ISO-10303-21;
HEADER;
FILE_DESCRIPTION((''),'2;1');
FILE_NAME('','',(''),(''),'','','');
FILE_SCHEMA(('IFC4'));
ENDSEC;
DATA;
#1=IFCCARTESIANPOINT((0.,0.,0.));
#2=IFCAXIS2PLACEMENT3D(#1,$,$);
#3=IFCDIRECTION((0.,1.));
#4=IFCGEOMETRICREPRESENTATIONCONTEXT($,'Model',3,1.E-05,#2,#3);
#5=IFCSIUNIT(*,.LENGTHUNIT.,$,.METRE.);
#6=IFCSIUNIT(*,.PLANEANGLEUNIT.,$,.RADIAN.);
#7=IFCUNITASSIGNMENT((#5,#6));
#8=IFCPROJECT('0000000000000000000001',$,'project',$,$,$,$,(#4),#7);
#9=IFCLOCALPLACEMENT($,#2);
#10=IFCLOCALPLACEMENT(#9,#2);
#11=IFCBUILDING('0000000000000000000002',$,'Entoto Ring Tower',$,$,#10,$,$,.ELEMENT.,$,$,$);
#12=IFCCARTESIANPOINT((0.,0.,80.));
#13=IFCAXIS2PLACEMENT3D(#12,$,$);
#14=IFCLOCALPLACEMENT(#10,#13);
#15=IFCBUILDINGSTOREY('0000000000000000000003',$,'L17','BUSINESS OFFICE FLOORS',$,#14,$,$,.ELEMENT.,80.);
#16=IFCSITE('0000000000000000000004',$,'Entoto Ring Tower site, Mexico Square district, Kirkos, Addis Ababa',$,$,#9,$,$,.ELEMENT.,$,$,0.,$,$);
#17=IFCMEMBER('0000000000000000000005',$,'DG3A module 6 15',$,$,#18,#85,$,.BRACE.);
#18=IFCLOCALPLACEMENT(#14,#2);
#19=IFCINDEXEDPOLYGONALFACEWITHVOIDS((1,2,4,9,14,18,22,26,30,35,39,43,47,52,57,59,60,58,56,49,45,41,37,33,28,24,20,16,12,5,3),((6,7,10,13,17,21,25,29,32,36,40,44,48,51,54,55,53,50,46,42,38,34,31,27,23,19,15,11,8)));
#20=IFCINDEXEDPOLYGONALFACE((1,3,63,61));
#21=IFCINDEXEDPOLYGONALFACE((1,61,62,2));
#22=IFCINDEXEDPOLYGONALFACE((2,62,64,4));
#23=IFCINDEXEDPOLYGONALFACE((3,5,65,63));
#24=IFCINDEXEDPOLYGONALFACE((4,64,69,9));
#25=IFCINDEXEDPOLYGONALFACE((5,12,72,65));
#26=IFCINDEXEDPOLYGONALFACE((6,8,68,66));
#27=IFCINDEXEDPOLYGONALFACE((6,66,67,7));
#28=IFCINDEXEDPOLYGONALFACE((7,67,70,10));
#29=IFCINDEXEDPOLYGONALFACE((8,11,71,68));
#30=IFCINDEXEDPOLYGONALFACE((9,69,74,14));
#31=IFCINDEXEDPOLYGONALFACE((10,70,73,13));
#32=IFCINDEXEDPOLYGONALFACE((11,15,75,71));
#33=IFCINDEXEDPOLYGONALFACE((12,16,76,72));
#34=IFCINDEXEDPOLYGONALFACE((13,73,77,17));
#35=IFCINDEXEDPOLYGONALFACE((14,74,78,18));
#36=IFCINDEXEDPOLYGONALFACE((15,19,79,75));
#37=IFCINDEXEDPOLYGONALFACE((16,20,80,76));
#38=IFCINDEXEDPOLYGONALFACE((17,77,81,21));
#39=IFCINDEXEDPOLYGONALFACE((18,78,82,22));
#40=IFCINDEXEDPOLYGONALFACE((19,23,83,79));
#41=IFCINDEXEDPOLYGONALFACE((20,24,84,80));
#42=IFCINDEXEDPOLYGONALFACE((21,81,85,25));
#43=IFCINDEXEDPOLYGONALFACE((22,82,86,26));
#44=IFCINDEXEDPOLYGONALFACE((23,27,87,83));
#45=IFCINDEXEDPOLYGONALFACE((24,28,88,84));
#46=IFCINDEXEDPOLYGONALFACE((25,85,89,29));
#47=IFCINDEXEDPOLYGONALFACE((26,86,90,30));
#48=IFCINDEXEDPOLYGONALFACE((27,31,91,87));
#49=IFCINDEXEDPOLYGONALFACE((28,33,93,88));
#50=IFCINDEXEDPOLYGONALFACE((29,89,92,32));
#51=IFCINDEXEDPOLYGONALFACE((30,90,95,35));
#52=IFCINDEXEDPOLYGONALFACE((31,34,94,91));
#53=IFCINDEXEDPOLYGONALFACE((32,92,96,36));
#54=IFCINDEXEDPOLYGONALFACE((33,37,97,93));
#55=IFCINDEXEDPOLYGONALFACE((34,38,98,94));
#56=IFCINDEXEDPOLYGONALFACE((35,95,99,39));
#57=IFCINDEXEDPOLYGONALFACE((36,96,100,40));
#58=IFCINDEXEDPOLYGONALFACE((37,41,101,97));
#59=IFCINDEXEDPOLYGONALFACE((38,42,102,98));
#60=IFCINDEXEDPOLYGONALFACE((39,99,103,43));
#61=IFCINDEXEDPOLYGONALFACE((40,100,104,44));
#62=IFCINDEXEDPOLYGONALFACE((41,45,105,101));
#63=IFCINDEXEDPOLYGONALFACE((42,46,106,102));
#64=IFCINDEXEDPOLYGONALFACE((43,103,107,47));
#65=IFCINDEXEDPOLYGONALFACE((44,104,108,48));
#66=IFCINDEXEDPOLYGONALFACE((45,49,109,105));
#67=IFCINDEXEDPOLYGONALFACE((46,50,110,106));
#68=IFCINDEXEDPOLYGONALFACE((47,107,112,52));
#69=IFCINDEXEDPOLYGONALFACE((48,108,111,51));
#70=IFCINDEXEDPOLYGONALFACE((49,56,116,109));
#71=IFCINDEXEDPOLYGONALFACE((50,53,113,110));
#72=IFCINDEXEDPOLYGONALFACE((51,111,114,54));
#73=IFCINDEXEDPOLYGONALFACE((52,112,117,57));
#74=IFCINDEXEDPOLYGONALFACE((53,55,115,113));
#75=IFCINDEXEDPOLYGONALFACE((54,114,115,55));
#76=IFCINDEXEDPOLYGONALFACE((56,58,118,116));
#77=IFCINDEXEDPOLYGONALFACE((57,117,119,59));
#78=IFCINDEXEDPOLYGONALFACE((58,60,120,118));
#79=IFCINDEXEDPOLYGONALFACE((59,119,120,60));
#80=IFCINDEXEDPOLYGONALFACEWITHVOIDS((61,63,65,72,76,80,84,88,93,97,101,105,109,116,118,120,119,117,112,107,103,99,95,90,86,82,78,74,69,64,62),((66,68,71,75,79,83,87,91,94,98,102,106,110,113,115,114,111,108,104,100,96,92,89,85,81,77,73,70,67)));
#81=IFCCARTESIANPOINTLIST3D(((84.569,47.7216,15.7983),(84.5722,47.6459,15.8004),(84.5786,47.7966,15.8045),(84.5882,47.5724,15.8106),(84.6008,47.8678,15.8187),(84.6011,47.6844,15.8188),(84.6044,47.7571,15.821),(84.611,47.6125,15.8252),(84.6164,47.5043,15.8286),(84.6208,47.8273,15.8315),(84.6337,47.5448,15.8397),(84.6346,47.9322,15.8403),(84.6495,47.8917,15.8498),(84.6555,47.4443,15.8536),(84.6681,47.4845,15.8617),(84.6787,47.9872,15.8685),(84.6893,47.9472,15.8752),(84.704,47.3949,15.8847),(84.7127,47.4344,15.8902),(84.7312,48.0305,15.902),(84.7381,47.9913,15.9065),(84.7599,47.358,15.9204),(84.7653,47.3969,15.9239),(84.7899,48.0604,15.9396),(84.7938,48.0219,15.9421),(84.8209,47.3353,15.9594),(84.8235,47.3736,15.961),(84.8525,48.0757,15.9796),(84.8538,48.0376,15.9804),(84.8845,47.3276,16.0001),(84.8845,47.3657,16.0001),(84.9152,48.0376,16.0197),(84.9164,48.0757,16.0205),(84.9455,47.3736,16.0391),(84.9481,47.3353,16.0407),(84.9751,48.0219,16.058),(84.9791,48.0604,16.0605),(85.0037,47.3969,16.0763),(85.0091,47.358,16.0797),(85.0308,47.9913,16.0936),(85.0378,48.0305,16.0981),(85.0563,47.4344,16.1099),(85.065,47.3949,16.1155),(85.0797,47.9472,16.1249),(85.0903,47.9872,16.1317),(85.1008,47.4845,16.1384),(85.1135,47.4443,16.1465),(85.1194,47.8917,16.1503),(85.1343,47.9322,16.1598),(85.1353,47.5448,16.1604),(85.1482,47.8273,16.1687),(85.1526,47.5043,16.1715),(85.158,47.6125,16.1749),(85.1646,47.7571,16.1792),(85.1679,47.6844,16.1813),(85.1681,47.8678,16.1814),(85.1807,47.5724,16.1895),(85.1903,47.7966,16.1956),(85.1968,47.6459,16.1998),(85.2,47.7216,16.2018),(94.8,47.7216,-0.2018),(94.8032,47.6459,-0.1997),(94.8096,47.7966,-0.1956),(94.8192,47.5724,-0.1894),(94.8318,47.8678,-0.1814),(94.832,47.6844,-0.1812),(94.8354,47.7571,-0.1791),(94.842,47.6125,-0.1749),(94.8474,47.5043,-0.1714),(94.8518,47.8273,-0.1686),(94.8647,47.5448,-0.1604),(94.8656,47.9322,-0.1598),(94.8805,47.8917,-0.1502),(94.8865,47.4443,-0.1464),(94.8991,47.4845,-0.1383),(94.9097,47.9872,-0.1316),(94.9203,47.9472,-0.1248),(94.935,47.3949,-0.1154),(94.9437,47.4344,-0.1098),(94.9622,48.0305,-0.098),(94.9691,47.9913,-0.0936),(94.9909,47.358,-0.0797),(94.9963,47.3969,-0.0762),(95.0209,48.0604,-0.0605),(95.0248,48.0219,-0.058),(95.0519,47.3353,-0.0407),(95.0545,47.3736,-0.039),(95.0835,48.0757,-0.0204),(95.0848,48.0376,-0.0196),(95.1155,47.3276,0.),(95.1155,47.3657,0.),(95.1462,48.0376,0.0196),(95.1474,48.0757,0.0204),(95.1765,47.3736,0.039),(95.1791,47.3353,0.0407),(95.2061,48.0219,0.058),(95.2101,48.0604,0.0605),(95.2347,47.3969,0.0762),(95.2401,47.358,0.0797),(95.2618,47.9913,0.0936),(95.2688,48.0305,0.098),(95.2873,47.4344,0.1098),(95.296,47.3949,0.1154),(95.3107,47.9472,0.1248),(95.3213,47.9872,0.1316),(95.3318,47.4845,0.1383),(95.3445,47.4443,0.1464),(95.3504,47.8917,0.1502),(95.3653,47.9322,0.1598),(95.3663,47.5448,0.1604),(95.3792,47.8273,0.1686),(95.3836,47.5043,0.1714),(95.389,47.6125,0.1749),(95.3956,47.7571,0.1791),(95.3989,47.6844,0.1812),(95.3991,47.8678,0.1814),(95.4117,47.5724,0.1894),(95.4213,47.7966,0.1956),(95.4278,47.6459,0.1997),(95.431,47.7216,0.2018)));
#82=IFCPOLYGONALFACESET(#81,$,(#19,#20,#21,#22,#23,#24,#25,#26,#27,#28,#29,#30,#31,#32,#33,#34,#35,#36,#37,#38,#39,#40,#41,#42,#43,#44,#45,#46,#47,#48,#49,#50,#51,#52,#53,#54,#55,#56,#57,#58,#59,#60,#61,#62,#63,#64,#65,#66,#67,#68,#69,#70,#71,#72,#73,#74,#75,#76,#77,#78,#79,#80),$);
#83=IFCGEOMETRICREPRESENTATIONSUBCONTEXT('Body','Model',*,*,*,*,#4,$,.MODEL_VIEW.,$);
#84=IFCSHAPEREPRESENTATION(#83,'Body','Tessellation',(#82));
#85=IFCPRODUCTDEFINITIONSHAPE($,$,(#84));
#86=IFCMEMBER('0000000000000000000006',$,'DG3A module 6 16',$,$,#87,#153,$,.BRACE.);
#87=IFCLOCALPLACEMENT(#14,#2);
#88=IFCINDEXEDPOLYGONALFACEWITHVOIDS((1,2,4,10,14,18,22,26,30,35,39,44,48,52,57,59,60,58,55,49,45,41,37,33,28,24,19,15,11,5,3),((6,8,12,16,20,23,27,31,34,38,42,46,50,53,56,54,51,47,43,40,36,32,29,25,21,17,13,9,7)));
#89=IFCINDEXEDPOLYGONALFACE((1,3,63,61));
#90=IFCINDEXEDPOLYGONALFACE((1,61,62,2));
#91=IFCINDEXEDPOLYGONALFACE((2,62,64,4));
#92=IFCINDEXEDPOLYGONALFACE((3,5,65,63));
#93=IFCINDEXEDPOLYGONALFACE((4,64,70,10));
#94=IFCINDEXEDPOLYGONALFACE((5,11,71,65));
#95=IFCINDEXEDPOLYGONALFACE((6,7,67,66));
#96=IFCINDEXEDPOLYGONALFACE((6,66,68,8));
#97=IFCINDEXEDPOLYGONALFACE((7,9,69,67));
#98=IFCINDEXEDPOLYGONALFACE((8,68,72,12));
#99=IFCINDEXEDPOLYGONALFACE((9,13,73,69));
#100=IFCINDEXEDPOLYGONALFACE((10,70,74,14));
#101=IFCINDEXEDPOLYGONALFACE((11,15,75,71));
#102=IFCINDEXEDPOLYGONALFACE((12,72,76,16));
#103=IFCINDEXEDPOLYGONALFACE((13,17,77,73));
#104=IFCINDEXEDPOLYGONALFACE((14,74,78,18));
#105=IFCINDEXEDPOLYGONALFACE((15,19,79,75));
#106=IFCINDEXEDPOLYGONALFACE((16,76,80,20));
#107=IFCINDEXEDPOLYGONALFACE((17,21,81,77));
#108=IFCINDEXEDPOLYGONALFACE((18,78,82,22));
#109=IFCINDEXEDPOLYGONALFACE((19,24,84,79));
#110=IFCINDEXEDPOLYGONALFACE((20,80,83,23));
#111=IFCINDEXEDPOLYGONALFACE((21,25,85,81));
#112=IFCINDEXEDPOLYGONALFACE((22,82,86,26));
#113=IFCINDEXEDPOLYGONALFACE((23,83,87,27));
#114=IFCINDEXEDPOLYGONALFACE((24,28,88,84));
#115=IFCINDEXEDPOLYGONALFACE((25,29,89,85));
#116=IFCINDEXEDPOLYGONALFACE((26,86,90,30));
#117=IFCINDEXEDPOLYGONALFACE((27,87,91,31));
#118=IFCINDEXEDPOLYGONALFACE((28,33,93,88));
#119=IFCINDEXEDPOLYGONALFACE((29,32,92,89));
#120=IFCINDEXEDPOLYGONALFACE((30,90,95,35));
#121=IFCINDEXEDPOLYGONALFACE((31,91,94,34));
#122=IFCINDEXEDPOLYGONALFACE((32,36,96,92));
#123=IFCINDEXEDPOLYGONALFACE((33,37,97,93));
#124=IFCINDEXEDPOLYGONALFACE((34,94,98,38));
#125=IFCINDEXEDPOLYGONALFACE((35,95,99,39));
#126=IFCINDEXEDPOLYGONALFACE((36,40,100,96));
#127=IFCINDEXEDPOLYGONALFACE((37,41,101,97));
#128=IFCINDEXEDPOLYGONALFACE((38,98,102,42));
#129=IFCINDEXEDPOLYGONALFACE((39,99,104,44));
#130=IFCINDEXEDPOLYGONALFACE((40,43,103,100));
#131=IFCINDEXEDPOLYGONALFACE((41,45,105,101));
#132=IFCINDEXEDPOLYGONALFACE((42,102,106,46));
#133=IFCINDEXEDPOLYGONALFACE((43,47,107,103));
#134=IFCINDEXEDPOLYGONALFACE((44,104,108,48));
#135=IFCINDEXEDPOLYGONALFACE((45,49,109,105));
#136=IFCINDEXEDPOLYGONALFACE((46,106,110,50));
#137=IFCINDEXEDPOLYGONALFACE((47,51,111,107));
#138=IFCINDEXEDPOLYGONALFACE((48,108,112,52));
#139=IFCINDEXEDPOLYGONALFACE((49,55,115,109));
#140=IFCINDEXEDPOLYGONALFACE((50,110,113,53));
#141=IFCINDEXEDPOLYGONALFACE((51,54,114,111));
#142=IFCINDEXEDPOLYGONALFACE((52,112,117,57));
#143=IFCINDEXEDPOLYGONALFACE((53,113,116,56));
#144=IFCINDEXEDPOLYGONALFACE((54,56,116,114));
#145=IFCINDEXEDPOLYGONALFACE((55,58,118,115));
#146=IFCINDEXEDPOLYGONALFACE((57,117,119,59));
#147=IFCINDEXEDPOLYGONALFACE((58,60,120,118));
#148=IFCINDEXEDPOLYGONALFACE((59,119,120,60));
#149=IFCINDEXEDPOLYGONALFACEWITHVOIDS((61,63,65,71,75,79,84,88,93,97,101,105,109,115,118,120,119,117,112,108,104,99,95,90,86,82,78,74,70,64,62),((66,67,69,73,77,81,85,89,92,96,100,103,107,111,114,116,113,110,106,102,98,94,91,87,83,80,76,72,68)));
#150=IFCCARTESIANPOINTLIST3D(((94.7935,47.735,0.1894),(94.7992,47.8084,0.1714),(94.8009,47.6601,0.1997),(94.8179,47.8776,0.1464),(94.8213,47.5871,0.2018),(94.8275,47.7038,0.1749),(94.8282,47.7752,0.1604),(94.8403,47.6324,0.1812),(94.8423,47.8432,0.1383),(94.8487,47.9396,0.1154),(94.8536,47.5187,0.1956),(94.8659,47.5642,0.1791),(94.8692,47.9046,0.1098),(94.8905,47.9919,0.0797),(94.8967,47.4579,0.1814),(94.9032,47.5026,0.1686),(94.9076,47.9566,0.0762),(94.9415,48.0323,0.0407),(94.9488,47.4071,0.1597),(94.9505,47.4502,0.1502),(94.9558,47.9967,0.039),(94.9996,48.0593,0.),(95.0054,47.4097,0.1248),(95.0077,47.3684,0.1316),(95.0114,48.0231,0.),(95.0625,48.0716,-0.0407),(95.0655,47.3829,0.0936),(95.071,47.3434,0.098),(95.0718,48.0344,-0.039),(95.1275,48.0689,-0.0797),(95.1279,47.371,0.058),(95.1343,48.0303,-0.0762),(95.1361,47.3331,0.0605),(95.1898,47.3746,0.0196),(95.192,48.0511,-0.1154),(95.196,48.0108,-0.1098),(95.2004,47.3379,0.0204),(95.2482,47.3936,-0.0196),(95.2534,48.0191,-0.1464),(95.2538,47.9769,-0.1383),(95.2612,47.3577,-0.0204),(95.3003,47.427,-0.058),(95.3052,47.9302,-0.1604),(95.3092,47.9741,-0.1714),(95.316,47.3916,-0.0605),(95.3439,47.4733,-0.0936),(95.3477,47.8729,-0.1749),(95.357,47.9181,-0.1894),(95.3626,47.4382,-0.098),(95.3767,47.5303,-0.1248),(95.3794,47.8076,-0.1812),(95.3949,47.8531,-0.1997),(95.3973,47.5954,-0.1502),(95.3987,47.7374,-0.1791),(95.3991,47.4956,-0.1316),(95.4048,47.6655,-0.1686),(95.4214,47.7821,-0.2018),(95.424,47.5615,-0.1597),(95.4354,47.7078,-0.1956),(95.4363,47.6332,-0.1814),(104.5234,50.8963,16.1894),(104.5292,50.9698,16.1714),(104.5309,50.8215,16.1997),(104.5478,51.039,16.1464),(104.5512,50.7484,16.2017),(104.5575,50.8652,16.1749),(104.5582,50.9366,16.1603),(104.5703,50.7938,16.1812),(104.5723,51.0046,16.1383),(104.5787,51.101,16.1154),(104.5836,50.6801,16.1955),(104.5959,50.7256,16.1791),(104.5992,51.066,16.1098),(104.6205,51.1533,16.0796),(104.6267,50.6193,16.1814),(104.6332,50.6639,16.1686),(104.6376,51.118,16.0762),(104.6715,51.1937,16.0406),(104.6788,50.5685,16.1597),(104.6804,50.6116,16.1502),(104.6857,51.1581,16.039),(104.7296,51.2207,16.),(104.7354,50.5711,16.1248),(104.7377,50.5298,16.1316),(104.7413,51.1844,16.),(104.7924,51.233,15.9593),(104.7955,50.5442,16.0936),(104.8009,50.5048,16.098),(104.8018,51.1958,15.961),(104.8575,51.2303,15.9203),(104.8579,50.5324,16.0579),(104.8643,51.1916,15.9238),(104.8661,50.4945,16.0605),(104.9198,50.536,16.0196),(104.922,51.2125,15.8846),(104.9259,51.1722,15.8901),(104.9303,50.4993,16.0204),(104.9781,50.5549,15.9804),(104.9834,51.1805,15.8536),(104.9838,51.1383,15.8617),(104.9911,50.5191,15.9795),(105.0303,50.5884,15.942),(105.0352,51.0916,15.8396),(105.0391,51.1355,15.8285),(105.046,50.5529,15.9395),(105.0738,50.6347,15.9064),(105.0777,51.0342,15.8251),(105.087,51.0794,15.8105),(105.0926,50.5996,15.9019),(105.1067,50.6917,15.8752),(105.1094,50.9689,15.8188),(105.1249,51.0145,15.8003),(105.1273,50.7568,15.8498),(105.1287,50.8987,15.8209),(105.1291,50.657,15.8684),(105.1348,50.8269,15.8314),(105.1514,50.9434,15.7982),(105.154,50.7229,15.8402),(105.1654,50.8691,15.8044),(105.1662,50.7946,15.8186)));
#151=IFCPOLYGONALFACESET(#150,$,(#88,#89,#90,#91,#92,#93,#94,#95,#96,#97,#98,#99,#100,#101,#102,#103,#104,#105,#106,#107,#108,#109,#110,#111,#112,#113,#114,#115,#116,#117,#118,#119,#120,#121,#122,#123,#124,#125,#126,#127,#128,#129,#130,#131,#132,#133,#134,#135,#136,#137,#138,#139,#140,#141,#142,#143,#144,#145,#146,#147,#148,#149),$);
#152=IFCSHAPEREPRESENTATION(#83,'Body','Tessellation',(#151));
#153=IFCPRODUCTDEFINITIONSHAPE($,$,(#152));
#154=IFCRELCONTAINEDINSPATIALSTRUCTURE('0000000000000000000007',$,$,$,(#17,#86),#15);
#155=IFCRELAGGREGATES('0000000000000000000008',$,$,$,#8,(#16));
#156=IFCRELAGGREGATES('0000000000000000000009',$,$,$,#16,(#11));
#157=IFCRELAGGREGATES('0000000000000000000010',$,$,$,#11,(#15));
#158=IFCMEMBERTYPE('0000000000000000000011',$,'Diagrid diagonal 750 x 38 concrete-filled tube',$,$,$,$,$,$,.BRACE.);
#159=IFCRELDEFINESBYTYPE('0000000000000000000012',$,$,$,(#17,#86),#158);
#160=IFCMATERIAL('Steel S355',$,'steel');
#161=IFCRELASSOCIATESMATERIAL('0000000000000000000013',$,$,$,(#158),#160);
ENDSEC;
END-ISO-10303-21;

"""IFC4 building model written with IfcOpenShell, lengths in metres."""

from ifc_helpers import new_model, si_unit, direction, frame, origin, origin_2d, place, context, subcontext, project, spatial, circle, hollow_circle, extrude, material, material_profile, profile_set, type_object, element, save


model = new_model("IFC4")

# Units and contexts
model_context = context("Model", 3, precision=1e-05, world=origin(), true_north=direction((0.0, 1.0)))
body_context = subcontext(model_context, "Body", "Model", "MODEL_VIEW")
ifc_project = project(units=[si_unit("LENGTHUNIT", "METRE"), si_unit("PLANEANGLEUNIT", "RADIAN")], contexts=[model_context])

# Site, building, storey
site_placement = place(None, origin())
site = spatial("IfcSite", under=ifc_project, at=site_placement, Name="Entoto Ring Tower site, Mexico Square district, Kirkos, Addis Ababa", CompositionType="ELEMENT", RefElevation=0.0)
building_placement = place(site_placement, origin())
building = spatial("IfcBuilding", under=site, at=building_placement, Name="Entoto Ring Tower", CompositionType="ELEMENT")
storey_placement = place(building_placement, frame((0.0, 0.0, 80.0)))
storey = spatial("IfcBuildingStorey", under=building, at=storey_placement, Name="L17", Description="BUSINESS OFFICE FLOORS", CompositionType="ELEMENT", Elevation=80.0)

# Members
ifc_material_1 = material(Name="Steel S355", Category="steel")
ifc_material_profile_1 = material_profile(ifc_material_1, hollow_circle(Radius=0.375, WallThickness=0.0381, at=origin_2d()), Name="CHS 750 x 38")
ifc_material_2 = material(Name="Concrete C60/75", Category="concrete")
ifc_material_profile_2 = material_profile(ifc_material_2, circle(Radius=0.3369, at=origin_2d()), Name="Concrete C60/75 infill")
ifc_profile_set_1 = profile_set([ifc_material_profile_1, ifc_material_profile_2], Name="Steel S355")
member_type_1 = type_object("IfcMemberType", Name="Diagrid diagonal 750 x 38 concrete-filled tube", PredefinedType="BRACE", material=ifc_profile_set_1)
member_1_placement = place(storey_placement, frame((95.1155, 47.7026, 0.0), z_axis=(-0.538716, 0.0, 0.842488), x_axis=(0.0, -1.0, 0.0)))
element("IfcMember", 1, at=member_1_placement, inside=storey, type_object=member_type_1, Name="DG3A module 6 15", PredefinedType="BRACE", context=body_context, shape_type="SweptSolid", body=[
    extrude(hollow_circle(Radius=0.375, WallThickness=0.0381, at=origin_2d()), origin(), (0.0, 0.0, 1.0), 18.9915),
])
member_2_placement = place(storey_placement, frame((95.1155, 47.7026, 0.0), z_axis=(0.512341, 0.166465, 0.842494), x_axis=(-0.309009, 0.951059, 0.0)))
element("IfcMember", 2, at=member_2_placement, inside=storey, type_object=member_type_1, Name="DG3A module 6 16", PredefinedType="BRACE", context=body_context, shape_type="SweptSolid", body=[
    extrude(hollow_circle(Radius=0.375, WallThickness=0.0381, at=origin_2d()), origin(), (0.0, 0.0, 1.0), 18.9912),
])

save(model, "model.ifc")
